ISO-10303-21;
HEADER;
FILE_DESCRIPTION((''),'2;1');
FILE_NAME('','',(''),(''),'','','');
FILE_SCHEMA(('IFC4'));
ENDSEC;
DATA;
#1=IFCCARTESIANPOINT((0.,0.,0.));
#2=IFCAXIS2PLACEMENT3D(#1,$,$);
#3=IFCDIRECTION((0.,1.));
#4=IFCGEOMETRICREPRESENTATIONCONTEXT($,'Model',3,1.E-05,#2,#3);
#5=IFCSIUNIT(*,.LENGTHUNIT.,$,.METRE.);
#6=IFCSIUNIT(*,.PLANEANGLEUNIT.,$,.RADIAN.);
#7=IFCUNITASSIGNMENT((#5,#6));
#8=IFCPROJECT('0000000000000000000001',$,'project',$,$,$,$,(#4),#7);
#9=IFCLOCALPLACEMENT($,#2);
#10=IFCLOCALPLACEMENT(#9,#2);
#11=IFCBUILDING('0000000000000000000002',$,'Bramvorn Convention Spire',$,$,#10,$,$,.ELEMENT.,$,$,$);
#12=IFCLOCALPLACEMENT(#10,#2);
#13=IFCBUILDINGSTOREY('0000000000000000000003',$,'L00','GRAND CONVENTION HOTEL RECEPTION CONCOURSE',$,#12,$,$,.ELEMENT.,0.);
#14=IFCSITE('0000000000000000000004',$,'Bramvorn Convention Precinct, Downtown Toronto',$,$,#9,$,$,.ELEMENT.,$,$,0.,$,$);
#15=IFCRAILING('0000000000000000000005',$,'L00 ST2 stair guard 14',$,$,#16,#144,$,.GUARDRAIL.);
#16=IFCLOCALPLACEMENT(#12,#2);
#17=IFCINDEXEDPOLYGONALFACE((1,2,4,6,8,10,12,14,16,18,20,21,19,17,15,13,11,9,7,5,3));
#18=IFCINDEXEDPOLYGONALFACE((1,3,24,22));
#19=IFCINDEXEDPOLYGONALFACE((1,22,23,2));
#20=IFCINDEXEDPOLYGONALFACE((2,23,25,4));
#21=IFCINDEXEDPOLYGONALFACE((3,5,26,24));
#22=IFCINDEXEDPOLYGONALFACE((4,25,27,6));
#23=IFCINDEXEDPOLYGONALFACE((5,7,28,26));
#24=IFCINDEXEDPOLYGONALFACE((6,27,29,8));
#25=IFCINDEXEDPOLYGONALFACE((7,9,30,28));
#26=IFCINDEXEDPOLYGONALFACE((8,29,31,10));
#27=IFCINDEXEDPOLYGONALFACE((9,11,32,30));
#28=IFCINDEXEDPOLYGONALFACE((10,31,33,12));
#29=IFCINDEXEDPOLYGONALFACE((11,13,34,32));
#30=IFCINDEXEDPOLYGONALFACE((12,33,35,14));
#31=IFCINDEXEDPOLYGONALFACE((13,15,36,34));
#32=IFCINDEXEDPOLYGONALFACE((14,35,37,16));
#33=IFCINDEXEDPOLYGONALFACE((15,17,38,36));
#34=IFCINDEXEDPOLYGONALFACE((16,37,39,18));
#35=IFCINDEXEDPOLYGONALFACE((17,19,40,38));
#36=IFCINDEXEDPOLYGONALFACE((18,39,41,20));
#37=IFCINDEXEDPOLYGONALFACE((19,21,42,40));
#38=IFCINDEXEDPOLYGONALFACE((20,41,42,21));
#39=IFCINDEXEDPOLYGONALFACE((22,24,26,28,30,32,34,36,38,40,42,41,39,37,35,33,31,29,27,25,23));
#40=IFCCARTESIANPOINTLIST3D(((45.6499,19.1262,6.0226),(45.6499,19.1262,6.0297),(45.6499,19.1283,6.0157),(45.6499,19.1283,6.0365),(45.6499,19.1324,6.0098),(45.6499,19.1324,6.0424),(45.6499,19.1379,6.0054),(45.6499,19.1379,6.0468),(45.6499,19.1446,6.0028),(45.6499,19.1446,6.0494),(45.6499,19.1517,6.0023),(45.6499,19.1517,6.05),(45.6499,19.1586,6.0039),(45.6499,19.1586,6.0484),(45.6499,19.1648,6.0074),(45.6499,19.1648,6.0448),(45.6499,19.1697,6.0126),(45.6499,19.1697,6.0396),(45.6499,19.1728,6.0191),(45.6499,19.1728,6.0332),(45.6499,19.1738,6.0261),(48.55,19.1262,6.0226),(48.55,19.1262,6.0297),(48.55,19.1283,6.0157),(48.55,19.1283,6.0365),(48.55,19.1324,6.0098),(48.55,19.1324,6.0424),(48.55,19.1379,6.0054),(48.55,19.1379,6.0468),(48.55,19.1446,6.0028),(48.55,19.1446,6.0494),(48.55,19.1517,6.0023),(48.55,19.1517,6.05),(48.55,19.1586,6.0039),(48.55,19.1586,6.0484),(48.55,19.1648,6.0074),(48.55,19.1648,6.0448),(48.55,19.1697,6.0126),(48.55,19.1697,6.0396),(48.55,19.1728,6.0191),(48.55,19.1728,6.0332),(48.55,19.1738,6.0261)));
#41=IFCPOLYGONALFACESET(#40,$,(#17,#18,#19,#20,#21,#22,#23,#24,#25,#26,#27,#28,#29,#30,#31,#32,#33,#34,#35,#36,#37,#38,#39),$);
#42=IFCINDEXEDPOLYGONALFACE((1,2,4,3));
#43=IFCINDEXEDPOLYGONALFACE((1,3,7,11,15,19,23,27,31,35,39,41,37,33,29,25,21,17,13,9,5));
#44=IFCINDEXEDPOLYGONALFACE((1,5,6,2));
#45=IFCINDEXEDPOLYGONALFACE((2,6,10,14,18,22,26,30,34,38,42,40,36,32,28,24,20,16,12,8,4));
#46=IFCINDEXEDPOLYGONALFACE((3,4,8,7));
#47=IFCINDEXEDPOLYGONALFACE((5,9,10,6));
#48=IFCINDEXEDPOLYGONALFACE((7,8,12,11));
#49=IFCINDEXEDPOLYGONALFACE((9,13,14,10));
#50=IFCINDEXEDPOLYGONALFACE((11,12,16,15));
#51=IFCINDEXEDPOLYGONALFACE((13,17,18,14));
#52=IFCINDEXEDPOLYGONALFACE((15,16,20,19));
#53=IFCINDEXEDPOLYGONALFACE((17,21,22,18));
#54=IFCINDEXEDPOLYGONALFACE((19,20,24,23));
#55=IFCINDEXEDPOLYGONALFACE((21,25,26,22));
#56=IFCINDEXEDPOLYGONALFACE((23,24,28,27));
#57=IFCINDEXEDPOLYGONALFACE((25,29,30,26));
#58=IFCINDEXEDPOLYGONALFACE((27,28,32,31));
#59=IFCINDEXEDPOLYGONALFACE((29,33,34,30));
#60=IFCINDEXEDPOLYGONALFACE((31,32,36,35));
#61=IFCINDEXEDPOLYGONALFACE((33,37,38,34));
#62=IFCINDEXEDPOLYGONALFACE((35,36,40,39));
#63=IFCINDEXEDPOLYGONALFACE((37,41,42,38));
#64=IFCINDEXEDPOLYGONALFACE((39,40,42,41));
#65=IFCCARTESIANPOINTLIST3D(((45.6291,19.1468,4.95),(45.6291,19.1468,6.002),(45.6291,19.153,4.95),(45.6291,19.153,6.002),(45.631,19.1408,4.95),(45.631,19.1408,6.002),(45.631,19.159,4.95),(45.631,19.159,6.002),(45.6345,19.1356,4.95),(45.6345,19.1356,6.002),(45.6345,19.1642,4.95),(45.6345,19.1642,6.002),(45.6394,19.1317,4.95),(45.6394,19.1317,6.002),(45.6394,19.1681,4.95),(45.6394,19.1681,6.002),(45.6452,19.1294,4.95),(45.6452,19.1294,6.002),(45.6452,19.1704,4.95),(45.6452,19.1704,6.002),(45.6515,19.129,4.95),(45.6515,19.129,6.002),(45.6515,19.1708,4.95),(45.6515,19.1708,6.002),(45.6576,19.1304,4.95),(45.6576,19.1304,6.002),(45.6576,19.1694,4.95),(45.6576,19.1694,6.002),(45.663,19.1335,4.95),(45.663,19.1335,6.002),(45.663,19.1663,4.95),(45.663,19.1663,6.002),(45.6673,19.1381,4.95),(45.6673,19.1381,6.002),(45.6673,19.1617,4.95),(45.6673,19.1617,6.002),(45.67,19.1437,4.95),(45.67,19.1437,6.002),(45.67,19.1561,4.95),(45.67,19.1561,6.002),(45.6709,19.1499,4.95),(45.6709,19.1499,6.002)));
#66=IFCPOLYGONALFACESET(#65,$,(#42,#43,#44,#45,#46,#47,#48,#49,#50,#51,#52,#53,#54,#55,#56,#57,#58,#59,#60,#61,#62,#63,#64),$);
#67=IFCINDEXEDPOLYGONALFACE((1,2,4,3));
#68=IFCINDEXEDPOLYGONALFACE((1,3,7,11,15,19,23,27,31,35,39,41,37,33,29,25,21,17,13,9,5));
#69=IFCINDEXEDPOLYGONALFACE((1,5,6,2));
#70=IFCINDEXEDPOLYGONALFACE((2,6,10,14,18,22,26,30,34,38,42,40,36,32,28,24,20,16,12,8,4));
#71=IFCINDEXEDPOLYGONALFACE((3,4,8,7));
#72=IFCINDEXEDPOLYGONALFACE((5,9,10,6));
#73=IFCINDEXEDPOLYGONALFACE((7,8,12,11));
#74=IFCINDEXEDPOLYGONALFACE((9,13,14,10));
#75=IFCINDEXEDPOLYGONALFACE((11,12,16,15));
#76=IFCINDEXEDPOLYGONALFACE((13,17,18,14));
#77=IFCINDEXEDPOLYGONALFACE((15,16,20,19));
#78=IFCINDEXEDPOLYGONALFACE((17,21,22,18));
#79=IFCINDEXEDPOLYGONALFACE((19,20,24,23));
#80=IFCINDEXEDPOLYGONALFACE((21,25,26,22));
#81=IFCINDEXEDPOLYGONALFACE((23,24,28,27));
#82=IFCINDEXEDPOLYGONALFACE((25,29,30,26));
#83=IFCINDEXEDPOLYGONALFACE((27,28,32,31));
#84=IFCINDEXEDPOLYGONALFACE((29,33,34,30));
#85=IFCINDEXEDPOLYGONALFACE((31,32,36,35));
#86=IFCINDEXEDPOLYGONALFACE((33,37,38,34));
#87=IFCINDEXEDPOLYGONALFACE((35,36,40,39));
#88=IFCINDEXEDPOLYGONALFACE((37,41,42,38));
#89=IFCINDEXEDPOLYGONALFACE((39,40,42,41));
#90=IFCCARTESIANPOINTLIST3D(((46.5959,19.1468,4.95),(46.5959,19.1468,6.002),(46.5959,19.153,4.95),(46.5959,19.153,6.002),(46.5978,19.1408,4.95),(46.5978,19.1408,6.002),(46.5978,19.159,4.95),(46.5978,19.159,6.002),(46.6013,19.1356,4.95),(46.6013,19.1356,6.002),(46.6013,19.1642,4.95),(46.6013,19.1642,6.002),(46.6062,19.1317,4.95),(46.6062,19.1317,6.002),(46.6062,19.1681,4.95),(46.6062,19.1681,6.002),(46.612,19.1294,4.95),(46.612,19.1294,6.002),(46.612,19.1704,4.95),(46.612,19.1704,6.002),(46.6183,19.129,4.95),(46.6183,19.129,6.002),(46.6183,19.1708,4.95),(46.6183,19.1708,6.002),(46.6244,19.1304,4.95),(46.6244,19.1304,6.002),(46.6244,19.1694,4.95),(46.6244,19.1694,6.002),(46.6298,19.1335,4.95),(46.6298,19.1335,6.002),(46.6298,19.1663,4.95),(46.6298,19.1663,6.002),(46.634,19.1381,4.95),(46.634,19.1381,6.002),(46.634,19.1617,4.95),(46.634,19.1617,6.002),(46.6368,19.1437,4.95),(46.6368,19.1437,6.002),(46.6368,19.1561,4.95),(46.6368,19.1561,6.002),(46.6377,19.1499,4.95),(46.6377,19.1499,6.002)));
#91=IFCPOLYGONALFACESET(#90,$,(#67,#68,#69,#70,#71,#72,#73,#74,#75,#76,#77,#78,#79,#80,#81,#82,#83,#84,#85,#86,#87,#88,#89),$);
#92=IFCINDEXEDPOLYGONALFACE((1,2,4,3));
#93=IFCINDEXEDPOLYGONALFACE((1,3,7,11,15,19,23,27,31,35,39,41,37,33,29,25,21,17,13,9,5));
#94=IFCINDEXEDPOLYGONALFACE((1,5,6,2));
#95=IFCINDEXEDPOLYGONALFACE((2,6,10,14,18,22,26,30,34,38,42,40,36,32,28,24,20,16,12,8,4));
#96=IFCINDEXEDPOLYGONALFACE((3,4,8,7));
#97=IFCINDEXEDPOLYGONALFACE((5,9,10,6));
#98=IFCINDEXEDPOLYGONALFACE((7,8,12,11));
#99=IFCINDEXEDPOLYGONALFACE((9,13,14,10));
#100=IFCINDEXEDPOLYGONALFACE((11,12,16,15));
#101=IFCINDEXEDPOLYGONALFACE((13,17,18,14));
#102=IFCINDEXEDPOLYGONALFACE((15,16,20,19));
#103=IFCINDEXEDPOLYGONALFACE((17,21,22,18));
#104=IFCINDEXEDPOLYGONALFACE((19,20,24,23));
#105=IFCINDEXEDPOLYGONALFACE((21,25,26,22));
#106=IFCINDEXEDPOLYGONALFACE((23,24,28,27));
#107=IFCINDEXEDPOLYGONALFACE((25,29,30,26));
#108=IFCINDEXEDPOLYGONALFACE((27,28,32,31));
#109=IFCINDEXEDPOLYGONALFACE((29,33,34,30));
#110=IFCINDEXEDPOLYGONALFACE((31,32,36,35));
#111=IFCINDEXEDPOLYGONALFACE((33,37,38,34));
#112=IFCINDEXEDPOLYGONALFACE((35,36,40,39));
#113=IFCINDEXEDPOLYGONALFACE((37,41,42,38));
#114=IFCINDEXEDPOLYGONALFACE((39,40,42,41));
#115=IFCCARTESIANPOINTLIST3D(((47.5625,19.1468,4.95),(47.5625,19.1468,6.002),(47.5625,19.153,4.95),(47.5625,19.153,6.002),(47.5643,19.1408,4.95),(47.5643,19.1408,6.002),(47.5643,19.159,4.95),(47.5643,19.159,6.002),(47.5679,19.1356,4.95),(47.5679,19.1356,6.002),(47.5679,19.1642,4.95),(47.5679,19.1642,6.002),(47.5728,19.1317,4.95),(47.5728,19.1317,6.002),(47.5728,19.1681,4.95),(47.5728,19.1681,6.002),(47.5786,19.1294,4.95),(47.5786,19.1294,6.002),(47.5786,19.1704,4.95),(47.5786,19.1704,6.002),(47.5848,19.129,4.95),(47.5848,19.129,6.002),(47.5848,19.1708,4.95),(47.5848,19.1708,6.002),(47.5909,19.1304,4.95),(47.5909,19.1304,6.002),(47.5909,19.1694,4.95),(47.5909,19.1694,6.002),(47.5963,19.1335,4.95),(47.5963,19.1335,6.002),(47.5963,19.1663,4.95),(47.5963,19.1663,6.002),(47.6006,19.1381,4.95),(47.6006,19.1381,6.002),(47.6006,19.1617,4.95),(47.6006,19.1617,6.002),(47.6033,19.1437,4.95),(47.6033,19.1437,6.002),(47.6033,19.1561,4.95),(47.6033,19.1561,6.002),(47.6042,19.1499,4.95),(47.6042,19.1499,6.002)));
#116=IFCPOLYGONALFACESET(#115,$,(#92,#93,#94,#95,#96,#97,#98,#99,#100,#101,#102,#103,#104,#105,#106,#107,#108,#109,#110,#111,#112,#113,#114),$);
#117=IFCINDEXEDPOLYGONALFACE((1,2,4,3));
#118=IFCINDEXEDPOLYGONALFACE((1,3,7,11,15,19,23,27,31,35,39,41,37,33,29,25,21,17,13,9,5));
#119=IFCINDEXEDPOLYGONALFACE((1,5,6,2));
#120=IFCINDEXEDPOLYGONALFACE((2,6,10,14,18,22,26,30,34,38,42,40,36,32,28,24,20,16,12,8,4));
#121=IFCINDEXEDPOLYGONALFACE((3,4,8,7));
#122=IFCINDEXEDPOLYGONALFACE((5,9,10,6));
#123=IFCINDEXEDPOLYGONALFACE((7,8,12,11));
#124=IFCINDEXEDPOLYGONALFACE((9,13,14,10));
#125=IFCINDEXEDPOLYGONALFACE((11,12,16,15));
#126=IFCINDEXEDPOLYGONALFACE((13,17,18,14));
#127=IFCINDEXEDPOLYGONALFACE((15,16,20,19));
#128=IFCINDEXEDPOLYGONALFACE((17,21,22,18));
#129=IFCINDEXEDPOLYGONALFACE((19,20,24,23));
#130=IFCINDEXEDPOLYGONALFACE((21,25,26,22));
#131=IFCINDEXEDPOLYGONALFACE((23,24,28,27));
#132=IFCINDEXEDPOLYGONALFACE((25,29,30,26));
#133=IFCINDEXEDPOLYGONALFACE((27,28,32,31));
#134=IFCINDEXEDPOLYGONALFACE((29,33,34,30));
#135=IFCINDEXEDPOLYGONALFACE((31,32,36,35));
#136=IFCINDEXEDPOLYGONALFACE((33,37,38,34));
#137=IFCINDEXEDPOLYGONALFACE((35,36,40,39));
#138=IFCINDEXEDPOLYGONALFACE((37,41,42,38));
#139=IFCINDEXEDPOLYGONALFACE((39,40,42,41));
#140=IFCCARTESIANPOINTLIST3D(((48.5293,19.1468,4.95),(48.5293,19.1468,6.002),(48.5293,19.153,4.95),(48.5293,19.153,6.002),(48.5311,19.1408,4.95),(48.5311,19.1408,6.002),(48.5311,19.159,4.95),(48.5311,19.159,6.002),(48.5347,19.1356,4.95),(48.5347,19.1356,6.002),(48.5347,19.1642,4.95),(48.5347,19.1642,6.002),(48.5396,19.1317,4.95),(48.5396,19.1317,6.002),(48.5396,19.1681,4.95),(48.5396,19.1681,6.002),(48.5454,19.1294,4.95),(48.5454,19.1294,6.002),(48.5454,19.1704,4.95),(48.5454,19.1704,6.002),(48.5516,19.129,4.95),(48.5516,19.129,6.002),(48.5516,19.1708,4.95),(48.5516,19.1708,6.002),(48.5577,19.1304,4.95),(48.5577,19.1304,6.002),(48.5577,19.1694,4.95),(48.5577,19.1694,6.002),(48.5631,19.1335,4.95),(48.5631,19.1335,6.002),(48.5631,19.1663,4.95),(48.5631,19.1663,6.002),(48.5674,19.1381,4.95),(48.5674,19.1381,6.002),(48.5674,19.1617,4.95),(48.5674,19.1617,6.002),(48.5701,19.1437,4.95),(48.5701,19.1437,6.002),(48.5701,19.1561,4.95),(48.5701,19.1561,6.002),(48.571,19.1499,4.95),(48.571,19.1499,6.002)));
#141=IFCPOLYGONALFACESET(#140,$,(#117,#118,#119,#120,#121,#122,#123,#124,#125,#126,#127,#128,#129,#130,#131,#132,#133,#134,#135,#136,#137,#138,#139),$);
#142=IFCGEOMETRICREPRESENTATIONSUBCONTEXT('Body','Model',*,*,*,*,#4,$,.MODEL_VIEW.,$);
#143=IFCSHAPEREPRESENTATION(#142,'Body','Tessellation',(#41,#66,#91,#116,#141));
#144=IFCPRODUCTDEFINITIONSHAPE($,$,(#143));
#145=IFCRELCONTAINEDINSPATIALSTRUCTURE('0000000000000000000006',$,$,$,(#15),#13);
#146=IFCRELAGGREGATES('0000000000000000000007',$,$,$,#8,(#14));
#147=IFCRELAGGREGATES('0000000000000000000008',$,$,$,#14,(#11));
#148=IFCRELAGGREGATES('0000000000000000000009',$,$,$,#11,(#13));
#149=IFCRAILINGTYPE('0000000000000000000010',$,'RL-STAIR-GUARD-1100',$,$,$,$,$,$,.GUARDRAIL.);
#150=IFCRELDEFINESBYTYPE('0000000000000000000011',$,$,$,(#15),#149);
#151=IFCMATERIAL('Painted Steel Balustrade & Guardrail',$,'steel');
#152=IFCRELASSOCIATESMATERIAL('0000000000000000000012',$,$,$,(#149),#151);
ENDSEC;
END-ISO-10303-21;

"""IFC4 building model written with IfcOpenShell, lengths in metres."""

from ifc_helpers import new_model, si_unit, direction, frame, origin, origin_2d, place, context, subcontext, project, spatial, circle, extrude, material, type_object, element, save


model = new_model("IFC4")

# Units and contexts
model_context = context("Model", 3, precision=1e-05, world=origin(), true_north=direction((0.0, 1.0)))
body_context = subcontext(model_context, "Body", "Model", "MODEL_VIEW")
ifc_project = project(units=[si_unit("LENGTHUNIT", "METRE"), si_unit("PLANEANGLEUNIT", "RADIAN")], contexts=[model_context])

# Site, building, storey
site_placement = place(None, origin())
site = spatial("IfcSite", under=ifc_project, at=site_placement, Name="Bramvorn Convention Precinct, Downtown Toronto", CompositionType="ELEMENT", RefElevation=0.0)
building_placement = place(site_placement, origin())
building = spatial("IfcBuilding", under=site, at=building_placement, Name="Bramvorn Convention Spire", CompositionType="ELEMENT")
storey_placement = place(building_placement, origin())
storey = spatial("IfcBuildingStorey", under=building, at=storey_placement, Name="L00", Description="GRAND CONVENTION HOTEL RECEPTION CONCOURSE", CompositionType="ELEMENT", Elevation=0.0)

# Railing
ifc_material_1 = material(Name="Painted Steel Balustrade & Guardrail", Category="steel")
railing_type_1 = type_object("IfcRailingType", Name="RL-STAIR-GUARD-1100", PredefinedType="GUARDRAIL", material=ifc_material_1)
railing_1_placement = place(storey_placement, frame((45.6499, 19.1499, 4.95)))
element("IfcRailing", 1, at=railing_1_placement, inside=storey, type_object=railing_type_1, Name="L00 ST2 stair guard 14", PredefinedType="GUARDRAIL", context=body_context, shape_type="SweptSolid", body=[
    extrude(circle(Radius=0.0239, at=origin_2d()), frame((0.0, 0.0, 1.0762), z_axis=(1.0, 0.0, 0.0), x_axis=(0.0, 1.0, 0.0)), (0.0, 0.0, 1.0), 2.9001),
    extrude(circle(Radius=0.021, at=origin_2d()), origin(), (0.0, 0.0, 1.0), 1.052),
    extrude(circle(Radius=0.021, at=origin_2d()), frame((0.9668, 0.0, 0.0)), (0.0, 0.0, 1.0), 1.052),
    extrude(circle(Radius=0.021, at=origin_2d()), frame((1.9333, 0.0, 0.0)), (0.0, 0.0, 1.0), 1.052),
    extrude(circle(Radius=0.021, at=origin_2d()), frame((2.9001, 0.0, 0.0)), (0.0, 0.0, 1.0), 1.052),
])

save(model, "model.ifc")
